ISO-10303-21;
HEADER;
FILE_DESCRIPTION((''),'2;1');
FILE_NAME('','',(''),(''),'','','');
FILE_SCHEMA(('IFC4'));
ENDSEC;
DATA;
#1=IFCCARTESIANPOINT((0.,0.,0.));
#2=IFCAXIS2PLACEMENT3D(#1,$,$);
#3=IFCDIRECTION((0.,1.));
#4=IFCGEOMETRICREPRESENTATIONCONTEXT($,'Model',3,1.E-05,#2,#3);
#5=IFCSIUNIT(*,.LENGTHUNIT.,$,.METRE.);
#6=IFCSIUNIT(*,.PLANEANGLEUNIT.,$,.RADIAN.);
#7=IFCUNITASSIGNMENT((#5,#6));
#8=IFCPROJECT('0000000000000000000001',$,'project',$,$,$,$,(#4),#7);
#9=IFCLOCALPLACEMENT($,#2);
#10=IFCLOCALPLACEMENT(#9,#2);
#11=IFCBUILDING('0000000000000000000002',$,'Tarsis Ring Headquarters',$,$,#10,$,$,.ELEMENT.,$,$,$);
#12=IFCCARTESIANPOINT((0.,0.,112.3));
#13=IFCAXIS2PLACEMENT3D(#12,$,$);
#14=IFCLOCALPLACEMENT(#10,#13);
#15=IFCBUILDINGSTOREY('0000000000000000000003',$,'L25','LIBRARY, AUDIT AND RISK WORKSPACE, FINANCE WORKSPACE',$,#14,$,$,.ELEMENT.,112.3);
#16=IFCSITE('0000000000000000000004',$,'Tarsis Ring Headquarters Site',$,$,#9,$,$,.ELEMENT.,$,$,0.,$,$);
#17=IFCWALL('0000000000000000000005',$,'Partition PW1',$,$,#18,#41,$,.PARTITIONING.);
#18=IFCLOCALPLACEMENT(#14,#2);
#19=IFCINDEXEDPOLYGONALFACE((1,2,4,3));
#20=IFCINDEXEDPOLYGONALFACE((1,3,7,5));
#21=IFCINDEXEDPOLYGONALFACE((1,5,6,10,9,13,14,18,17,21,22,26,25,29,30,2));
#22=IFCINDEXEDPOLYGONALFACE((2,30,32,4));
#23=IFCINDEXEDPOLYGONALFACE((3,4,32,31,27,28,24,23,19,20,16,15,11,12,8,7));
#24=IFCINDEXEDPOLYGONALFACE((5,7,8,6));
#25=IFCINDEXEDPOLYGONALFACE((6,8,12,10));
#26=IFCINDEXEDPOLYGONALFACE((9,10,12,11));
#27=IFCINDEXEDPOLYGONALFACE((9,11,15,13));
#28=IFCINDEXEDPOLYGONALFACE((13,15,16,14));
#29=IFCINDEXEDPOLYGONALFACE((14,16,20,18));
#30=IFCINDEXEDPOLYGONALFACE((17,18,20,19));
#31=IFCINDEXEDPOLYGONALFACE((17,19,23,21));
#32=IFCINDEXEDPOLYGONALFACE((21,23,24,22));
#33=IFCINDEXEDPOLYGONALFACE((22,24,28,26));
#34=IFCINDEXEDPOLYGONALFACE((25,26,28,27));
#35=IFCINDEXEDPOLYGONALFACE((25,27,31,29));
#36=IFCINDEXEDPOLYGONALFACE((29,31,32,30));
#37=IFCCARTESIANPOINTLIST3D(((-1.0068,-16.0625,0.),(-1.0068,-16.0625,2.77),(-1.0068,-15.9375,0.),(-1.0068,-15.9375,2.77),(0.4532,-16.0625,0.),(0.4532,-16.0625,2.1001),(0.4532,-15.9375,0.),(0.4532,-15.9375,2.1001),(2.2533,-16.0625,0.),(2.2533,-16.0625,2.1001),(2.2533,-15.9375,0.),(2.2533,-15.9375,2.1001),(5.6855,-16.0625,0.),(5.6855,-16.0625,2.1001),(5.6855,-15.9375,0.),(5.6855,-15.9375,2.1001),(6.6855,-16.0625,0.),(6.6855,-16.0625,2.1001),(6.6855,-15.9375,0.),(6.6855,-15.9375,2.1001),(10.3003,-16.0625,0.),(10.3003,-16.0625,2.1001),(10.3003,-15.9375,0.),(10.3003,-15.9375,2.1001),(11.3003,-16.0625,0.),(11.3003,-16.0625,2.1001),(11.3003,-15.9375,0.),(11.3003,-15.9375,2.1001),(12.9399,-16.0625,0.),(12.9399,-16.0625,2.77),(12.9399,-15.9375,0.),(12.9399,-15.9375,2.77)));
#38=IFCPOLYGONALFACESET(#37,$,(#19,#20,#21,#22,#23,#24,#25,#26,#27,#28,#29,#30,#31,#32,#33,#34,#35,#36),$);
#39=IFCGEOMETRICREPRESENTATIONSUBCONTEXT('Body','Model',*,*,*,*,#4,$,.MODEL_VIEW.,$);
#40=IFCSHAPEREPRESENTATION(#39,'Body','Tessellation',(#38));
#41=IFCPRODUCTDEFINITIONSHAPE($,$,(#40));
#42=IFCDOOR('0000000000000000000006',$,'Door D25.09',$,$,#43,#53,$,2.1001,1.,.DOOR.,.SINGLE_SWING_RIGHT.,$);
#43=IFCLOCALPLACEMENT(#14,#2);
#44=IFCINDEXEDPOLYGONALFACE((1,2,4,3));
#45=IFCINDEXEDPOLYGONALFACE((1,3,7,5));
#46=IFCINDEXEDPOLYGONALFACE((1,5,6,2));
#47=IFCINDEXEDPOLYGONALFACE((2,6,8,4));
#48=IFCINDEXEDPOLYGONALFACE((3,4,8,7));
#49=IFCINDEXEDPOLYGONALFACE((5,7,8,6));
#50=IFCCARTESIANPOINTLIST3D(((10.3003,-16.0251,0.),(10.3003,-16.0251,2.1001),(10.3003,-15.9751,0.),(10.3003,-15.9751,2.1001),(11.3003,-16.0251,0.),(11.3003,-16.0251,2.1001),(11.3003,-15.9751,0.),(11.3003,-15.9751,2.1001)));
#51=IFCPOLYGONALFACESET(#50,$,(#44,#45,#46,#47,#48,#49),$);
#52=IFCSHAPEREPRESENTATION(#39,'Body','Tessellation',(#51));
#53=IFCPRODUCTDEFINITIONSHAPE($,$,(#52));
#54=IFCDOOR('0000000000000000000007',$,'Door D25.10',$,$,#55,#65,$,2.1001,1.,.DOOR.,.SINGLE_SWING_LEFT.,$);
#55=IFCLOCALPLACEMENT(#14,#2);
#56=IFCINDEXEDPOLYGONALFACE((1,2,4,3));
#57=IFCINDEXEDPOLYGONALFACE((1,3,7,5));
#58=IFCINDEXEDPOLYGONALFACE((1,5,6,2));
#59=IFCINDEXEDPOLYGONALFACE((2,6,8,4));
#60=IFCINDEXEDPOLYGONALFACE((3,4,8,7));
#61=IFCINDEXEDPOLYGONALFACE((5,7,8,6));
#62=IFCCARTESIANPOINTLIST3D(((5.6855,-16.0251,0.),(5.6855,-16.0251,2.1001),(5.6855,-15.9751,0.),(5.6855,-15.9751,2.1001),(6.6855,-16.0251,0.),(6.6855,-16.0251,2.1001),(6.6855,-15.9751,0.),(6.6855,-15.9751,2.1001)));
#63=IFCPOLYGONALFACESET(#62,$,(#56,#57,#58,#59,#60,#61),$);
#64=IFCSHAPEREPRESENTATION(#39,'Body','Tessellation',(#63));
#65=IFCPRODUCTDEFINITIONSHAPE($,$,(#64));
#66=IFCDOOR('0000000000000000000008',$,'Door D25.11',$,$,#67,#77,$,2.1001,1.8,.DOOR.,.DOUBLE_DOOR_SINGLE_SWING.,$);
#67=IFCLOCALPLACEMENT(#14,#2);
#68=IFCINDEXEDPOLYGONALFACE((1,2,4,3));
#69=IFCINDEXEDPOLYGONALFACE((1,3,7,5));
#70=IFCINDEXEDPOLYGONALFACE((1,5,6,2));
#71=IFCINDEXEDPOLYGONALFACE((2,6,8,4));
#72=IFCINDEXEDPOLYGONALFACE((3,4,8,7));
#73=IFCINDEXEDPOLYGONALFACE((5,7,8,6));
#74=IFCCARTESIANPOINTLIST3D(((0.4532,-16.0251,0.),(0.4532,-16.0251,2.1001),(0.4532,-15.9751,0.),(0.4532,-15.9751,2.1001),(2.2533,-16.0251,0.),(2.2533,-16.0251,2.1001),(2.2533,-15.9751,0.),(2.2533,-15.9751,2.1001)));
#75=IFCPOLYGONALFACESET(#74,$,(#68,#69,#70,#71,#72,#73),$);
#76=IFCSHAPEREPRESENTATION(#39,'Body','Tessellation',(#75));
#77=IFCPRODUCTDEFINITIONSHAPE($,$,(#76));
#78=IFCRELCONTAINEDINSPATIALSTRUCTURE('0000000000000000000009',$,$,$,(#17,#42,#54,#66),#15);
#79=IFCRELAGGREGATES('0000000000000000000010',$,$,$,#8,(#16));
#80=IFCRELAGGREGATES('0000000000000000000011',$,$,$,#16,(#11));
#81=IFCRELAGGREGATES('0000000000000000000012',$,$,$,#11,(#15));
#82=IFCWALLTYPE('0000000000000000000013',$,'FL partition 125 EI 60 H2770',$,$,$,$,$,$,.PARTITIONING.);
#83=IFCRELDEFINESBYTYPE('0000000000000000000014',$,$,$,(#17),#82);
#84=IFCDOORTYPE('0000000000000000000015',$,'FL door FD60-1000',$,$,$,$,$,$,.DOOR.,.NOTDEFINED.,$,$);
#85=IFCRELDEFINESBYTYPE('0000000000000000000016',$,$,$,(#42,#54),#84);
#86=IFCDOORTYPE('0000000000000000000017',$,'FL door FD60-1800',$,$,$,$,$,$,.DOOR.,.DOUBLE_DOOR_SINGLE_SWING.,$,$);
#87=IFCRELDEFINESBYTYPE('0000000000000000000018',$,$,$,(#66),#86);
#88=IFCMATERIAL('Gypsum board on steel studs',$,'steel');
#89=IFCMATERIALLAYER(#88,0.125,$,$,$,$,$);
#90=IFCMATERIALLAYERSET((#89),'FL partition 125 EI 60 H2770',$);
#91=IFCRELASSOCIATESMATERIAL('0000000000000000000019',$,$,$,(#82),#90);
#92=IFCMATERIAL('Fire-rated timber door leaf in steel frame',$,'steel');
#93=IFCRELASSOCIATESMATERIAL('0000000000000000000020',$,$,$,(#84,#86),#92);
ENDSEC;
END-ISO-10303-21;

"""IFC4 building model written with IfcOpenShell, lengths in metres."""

from ifc_helpers import new_model, si_unit, direction, frame, frame_2d, origin, place, context, subcontext, project, spatial, rectangle, extrude, material, layer, layer_set, type_object, element, fill, save


model = new_model("IFC4")

# Units and contexts
model_context = context("Model", 3, precision=1e-05, world=origin(), true_north=direction((0.0, 1.0)))
body_context = subcontext(model_context, "Body", "Model", "MODEL_VIEW")
ifc_project = project(units=[si_unit("LENGTHUNIT", "METRE"), si_unit("PLANEANGLEUNIT", "RADIAN")], contexts=[model_context])

# Site, building, storey
site_placement = place(None, origin())
site = spatial("IfcSite", under=ifc_project, at=site_placement, Name="Tarsis Ring Headquarters Site", CompositionType="ELEMENT", RefElevation=0.0)
building_placement = place(site_placement, origin())
building = spatial("IfcBuilding", under=site, at=building_placement, Name="Tarsis Ring Headquarters", CompositionType="ELEMENT")
storey_placement = place(building_placement, frame((0.0, 0.0, 112.3)))
storey = spatial("IfcBuildingStorey", under=building, at=storey_placement, Name="L25", Description="LIBRARY, AUDIT AND RISK WORKSPACE, FINANCE WORKSPACE", CompositionType="ELEMENT", Elevation=112.3)

# Shared definitions
ifc_material_1 = material(Name="Gypsum board on steel studs", Category="steel")

# Wall, openings, doors
ifc_layer_1 = layer(ifc_material_1, 0.125)
ifc_layer_set_1 = layer_set([ifc_layer_1], Name="FL partition 125 EI 60 H2770")
wall_type_1 = type_object("IfcWallType", Name="FL partition 125 EI 60 H2770", PredefinedType="PARTITIONING", material=ifc_layer_set_1)
wall_1_placement = place(storey_placement, frame((-1.0068, -16.0, 0.0), z_axis=(0.0, 0.0, 1.0), x_axis=(1.0, 0.0, 0.0)))
wall_1 = element("IfcWall", 1, at=wall_1_placement, inside=storey, type_object=wall_type_1, Name="Partition PW1", PredefinedType="PARTITIONING", context=body_context, shape_type="SweptSolid", body=[
    extrude(rectangle(XDim=13.9468, YDim=0.125, at=frame_2d((6.9734, 0.0))), origin(), (0.0, 0.0, 1.0), 2.77),
])
opening_1_placement = place(wall_1_placement, frame((11.3071, 0.0, 0.0)))
opening_1 = element("IfcOpeningElement", 2, at=opening_1_placement, cuts=wall_1, PredefinedType="OPENING", context=body_context, shape_type="SweptSolid", body=[
    extrude(rectangle(XDim=1.0, YDim=2.1001, at=frame_2d((0.5, 1.05))), frame((0.0, 0.0725, 0.0), z_axis=(0.0, -1.0, 0.0), x_axis=(1.0, 0.0, 0.0)), (0.0, 0.0, 1.0), 0.145),
])
opening_2_placement = place(wall_1_placement, frame((6.6924, 0.0, 0.0)))
opening_2 = element("IfcOpeningElement", 3, at=opening_2_placement, cuts=wall_1, PredefinedType="OPENING", context=body_context, shape_type="SweptSolid", body=[
    extrude(rectangle(XDim=1.0, YDim=2.1001, at=frame_2d((0.5, 1.05))), frame((0.0, 0.0725, 0.0), z_axis=(0.0, -1.0, 0.0), x_axis=(1.0, 0.0, 0.0)), (0.0, 0.0, 1.0), 0.145),
])
opening_3_placement = place(wall_1_placement, frame((1.4602, 0.0, 0.0)))
opening_3 = element("IfcOpeningElement", 4, at=opening_3_placement, cuts=wall_1, PredefinedType="OPENING", context=body_context, shape_type="SweptSolid", body=[
    extrude(rectangle(XDim=1.8, YDim=2.1001, at=frame_2d((0.8999, 1.05))), frame((0.0, 0.0725, 0.0), z_axis=(0.0, -1.0, 0.0), x_axis=(1.0, 0.0, 0.0)), (0.0, 0.0, 1.0), 0.145),
])
ifc_material_2 = material(Name="Fire-rated timber door leaf in steel frame", Category="steel")
door_type_1 = type_object("IfcDoorType", Name="FL door FD60-1000", OperationType="NOTDEFINED", PredefinedType="DOOR", material=ifc_material_2)
door_1_placement = place(opening_1_placement, origin())
door_1 = element("IfcDoor", 5, at=door_1_placement, inside=storey, type_object=door_type_1, Name="Door D25.09", OperationType="SINGLE_SWING_RIGHT", OverallHeight=2.1001, OverallWidth=1.0, PredefinedType="DOOR", context=body_context, shape_type="SweptSolid", body=[
    extrude(rectangle(XDim=1.0, YDim=2.1001, at=frame_2d((0.5, 1.05))), frame((0.0, 0.0249, 0.0), z_axis=(0.0, -1.0, 0.0), x_axis=(1.0, 0.0, 0.0)), (0.0, 0.0, 1.0), 0.05),
])
fill(opening_1, door_1)
door_2_placement = place(opening_2_placement, origin())
door_2 = element("IfcDoor", 6, at=door_2_placement, inside=storey, type_object=door_type_1, Name="Door D25.10", OperationType="SINGLE_SWING_LEFT", OverallHeight=2.1001, OverallWidth=1.0, PredefinedType="DOOR", context=body_context, shape_type="SweptSolid", body=[
    extrude(rectangle(XDim=1.0, YDim=2.1001, at=frame_2d((0.5, 1.05))), frame((0.0, 0.0249, 0.0), z_axis=(0.0, -1.0, 0.0), x_axis=(1.0, 0.0, 0.0)), (0.0, 0.0, 1.0), 0.05),
])
fill(opening_2, door_2)
door_type_2 = type_object("IfcDoorType", Name="FL door FD60-1800", OperationType="DOUBLE_DOOR_SINGLE_SWING", PredefinedType="DOOR", material=ifc_material_2)
door_3_placement = place(opening_3_placement, origin())
door_3 = element("IfcDoor", 7, at=door_3_placement, inside=storey, type_object=door_type_2, Name="Door D25.11", OperationType="DOUBLE_DOOR_SINGLE_SWING", OverallHeight=2.1001, OverallWidth=1.8, PredefinedType="DOOR", context=body_context, shape_type="SweptSolid", body=[
    extrude(rectangle(XDim=1.8, YDim=2.1001, at=frame_2d((0.8999, 1.05))), frame((0.0, 0.0249, 0.0), z_axis=(0.0, -1.0, 0.0), x_axis=(1.0, 0.0, 0.0)), (0.0, 0.0, 1.0), 0.05),
])
fill(opening_3, door_3)

save(model, "model.ifc")
